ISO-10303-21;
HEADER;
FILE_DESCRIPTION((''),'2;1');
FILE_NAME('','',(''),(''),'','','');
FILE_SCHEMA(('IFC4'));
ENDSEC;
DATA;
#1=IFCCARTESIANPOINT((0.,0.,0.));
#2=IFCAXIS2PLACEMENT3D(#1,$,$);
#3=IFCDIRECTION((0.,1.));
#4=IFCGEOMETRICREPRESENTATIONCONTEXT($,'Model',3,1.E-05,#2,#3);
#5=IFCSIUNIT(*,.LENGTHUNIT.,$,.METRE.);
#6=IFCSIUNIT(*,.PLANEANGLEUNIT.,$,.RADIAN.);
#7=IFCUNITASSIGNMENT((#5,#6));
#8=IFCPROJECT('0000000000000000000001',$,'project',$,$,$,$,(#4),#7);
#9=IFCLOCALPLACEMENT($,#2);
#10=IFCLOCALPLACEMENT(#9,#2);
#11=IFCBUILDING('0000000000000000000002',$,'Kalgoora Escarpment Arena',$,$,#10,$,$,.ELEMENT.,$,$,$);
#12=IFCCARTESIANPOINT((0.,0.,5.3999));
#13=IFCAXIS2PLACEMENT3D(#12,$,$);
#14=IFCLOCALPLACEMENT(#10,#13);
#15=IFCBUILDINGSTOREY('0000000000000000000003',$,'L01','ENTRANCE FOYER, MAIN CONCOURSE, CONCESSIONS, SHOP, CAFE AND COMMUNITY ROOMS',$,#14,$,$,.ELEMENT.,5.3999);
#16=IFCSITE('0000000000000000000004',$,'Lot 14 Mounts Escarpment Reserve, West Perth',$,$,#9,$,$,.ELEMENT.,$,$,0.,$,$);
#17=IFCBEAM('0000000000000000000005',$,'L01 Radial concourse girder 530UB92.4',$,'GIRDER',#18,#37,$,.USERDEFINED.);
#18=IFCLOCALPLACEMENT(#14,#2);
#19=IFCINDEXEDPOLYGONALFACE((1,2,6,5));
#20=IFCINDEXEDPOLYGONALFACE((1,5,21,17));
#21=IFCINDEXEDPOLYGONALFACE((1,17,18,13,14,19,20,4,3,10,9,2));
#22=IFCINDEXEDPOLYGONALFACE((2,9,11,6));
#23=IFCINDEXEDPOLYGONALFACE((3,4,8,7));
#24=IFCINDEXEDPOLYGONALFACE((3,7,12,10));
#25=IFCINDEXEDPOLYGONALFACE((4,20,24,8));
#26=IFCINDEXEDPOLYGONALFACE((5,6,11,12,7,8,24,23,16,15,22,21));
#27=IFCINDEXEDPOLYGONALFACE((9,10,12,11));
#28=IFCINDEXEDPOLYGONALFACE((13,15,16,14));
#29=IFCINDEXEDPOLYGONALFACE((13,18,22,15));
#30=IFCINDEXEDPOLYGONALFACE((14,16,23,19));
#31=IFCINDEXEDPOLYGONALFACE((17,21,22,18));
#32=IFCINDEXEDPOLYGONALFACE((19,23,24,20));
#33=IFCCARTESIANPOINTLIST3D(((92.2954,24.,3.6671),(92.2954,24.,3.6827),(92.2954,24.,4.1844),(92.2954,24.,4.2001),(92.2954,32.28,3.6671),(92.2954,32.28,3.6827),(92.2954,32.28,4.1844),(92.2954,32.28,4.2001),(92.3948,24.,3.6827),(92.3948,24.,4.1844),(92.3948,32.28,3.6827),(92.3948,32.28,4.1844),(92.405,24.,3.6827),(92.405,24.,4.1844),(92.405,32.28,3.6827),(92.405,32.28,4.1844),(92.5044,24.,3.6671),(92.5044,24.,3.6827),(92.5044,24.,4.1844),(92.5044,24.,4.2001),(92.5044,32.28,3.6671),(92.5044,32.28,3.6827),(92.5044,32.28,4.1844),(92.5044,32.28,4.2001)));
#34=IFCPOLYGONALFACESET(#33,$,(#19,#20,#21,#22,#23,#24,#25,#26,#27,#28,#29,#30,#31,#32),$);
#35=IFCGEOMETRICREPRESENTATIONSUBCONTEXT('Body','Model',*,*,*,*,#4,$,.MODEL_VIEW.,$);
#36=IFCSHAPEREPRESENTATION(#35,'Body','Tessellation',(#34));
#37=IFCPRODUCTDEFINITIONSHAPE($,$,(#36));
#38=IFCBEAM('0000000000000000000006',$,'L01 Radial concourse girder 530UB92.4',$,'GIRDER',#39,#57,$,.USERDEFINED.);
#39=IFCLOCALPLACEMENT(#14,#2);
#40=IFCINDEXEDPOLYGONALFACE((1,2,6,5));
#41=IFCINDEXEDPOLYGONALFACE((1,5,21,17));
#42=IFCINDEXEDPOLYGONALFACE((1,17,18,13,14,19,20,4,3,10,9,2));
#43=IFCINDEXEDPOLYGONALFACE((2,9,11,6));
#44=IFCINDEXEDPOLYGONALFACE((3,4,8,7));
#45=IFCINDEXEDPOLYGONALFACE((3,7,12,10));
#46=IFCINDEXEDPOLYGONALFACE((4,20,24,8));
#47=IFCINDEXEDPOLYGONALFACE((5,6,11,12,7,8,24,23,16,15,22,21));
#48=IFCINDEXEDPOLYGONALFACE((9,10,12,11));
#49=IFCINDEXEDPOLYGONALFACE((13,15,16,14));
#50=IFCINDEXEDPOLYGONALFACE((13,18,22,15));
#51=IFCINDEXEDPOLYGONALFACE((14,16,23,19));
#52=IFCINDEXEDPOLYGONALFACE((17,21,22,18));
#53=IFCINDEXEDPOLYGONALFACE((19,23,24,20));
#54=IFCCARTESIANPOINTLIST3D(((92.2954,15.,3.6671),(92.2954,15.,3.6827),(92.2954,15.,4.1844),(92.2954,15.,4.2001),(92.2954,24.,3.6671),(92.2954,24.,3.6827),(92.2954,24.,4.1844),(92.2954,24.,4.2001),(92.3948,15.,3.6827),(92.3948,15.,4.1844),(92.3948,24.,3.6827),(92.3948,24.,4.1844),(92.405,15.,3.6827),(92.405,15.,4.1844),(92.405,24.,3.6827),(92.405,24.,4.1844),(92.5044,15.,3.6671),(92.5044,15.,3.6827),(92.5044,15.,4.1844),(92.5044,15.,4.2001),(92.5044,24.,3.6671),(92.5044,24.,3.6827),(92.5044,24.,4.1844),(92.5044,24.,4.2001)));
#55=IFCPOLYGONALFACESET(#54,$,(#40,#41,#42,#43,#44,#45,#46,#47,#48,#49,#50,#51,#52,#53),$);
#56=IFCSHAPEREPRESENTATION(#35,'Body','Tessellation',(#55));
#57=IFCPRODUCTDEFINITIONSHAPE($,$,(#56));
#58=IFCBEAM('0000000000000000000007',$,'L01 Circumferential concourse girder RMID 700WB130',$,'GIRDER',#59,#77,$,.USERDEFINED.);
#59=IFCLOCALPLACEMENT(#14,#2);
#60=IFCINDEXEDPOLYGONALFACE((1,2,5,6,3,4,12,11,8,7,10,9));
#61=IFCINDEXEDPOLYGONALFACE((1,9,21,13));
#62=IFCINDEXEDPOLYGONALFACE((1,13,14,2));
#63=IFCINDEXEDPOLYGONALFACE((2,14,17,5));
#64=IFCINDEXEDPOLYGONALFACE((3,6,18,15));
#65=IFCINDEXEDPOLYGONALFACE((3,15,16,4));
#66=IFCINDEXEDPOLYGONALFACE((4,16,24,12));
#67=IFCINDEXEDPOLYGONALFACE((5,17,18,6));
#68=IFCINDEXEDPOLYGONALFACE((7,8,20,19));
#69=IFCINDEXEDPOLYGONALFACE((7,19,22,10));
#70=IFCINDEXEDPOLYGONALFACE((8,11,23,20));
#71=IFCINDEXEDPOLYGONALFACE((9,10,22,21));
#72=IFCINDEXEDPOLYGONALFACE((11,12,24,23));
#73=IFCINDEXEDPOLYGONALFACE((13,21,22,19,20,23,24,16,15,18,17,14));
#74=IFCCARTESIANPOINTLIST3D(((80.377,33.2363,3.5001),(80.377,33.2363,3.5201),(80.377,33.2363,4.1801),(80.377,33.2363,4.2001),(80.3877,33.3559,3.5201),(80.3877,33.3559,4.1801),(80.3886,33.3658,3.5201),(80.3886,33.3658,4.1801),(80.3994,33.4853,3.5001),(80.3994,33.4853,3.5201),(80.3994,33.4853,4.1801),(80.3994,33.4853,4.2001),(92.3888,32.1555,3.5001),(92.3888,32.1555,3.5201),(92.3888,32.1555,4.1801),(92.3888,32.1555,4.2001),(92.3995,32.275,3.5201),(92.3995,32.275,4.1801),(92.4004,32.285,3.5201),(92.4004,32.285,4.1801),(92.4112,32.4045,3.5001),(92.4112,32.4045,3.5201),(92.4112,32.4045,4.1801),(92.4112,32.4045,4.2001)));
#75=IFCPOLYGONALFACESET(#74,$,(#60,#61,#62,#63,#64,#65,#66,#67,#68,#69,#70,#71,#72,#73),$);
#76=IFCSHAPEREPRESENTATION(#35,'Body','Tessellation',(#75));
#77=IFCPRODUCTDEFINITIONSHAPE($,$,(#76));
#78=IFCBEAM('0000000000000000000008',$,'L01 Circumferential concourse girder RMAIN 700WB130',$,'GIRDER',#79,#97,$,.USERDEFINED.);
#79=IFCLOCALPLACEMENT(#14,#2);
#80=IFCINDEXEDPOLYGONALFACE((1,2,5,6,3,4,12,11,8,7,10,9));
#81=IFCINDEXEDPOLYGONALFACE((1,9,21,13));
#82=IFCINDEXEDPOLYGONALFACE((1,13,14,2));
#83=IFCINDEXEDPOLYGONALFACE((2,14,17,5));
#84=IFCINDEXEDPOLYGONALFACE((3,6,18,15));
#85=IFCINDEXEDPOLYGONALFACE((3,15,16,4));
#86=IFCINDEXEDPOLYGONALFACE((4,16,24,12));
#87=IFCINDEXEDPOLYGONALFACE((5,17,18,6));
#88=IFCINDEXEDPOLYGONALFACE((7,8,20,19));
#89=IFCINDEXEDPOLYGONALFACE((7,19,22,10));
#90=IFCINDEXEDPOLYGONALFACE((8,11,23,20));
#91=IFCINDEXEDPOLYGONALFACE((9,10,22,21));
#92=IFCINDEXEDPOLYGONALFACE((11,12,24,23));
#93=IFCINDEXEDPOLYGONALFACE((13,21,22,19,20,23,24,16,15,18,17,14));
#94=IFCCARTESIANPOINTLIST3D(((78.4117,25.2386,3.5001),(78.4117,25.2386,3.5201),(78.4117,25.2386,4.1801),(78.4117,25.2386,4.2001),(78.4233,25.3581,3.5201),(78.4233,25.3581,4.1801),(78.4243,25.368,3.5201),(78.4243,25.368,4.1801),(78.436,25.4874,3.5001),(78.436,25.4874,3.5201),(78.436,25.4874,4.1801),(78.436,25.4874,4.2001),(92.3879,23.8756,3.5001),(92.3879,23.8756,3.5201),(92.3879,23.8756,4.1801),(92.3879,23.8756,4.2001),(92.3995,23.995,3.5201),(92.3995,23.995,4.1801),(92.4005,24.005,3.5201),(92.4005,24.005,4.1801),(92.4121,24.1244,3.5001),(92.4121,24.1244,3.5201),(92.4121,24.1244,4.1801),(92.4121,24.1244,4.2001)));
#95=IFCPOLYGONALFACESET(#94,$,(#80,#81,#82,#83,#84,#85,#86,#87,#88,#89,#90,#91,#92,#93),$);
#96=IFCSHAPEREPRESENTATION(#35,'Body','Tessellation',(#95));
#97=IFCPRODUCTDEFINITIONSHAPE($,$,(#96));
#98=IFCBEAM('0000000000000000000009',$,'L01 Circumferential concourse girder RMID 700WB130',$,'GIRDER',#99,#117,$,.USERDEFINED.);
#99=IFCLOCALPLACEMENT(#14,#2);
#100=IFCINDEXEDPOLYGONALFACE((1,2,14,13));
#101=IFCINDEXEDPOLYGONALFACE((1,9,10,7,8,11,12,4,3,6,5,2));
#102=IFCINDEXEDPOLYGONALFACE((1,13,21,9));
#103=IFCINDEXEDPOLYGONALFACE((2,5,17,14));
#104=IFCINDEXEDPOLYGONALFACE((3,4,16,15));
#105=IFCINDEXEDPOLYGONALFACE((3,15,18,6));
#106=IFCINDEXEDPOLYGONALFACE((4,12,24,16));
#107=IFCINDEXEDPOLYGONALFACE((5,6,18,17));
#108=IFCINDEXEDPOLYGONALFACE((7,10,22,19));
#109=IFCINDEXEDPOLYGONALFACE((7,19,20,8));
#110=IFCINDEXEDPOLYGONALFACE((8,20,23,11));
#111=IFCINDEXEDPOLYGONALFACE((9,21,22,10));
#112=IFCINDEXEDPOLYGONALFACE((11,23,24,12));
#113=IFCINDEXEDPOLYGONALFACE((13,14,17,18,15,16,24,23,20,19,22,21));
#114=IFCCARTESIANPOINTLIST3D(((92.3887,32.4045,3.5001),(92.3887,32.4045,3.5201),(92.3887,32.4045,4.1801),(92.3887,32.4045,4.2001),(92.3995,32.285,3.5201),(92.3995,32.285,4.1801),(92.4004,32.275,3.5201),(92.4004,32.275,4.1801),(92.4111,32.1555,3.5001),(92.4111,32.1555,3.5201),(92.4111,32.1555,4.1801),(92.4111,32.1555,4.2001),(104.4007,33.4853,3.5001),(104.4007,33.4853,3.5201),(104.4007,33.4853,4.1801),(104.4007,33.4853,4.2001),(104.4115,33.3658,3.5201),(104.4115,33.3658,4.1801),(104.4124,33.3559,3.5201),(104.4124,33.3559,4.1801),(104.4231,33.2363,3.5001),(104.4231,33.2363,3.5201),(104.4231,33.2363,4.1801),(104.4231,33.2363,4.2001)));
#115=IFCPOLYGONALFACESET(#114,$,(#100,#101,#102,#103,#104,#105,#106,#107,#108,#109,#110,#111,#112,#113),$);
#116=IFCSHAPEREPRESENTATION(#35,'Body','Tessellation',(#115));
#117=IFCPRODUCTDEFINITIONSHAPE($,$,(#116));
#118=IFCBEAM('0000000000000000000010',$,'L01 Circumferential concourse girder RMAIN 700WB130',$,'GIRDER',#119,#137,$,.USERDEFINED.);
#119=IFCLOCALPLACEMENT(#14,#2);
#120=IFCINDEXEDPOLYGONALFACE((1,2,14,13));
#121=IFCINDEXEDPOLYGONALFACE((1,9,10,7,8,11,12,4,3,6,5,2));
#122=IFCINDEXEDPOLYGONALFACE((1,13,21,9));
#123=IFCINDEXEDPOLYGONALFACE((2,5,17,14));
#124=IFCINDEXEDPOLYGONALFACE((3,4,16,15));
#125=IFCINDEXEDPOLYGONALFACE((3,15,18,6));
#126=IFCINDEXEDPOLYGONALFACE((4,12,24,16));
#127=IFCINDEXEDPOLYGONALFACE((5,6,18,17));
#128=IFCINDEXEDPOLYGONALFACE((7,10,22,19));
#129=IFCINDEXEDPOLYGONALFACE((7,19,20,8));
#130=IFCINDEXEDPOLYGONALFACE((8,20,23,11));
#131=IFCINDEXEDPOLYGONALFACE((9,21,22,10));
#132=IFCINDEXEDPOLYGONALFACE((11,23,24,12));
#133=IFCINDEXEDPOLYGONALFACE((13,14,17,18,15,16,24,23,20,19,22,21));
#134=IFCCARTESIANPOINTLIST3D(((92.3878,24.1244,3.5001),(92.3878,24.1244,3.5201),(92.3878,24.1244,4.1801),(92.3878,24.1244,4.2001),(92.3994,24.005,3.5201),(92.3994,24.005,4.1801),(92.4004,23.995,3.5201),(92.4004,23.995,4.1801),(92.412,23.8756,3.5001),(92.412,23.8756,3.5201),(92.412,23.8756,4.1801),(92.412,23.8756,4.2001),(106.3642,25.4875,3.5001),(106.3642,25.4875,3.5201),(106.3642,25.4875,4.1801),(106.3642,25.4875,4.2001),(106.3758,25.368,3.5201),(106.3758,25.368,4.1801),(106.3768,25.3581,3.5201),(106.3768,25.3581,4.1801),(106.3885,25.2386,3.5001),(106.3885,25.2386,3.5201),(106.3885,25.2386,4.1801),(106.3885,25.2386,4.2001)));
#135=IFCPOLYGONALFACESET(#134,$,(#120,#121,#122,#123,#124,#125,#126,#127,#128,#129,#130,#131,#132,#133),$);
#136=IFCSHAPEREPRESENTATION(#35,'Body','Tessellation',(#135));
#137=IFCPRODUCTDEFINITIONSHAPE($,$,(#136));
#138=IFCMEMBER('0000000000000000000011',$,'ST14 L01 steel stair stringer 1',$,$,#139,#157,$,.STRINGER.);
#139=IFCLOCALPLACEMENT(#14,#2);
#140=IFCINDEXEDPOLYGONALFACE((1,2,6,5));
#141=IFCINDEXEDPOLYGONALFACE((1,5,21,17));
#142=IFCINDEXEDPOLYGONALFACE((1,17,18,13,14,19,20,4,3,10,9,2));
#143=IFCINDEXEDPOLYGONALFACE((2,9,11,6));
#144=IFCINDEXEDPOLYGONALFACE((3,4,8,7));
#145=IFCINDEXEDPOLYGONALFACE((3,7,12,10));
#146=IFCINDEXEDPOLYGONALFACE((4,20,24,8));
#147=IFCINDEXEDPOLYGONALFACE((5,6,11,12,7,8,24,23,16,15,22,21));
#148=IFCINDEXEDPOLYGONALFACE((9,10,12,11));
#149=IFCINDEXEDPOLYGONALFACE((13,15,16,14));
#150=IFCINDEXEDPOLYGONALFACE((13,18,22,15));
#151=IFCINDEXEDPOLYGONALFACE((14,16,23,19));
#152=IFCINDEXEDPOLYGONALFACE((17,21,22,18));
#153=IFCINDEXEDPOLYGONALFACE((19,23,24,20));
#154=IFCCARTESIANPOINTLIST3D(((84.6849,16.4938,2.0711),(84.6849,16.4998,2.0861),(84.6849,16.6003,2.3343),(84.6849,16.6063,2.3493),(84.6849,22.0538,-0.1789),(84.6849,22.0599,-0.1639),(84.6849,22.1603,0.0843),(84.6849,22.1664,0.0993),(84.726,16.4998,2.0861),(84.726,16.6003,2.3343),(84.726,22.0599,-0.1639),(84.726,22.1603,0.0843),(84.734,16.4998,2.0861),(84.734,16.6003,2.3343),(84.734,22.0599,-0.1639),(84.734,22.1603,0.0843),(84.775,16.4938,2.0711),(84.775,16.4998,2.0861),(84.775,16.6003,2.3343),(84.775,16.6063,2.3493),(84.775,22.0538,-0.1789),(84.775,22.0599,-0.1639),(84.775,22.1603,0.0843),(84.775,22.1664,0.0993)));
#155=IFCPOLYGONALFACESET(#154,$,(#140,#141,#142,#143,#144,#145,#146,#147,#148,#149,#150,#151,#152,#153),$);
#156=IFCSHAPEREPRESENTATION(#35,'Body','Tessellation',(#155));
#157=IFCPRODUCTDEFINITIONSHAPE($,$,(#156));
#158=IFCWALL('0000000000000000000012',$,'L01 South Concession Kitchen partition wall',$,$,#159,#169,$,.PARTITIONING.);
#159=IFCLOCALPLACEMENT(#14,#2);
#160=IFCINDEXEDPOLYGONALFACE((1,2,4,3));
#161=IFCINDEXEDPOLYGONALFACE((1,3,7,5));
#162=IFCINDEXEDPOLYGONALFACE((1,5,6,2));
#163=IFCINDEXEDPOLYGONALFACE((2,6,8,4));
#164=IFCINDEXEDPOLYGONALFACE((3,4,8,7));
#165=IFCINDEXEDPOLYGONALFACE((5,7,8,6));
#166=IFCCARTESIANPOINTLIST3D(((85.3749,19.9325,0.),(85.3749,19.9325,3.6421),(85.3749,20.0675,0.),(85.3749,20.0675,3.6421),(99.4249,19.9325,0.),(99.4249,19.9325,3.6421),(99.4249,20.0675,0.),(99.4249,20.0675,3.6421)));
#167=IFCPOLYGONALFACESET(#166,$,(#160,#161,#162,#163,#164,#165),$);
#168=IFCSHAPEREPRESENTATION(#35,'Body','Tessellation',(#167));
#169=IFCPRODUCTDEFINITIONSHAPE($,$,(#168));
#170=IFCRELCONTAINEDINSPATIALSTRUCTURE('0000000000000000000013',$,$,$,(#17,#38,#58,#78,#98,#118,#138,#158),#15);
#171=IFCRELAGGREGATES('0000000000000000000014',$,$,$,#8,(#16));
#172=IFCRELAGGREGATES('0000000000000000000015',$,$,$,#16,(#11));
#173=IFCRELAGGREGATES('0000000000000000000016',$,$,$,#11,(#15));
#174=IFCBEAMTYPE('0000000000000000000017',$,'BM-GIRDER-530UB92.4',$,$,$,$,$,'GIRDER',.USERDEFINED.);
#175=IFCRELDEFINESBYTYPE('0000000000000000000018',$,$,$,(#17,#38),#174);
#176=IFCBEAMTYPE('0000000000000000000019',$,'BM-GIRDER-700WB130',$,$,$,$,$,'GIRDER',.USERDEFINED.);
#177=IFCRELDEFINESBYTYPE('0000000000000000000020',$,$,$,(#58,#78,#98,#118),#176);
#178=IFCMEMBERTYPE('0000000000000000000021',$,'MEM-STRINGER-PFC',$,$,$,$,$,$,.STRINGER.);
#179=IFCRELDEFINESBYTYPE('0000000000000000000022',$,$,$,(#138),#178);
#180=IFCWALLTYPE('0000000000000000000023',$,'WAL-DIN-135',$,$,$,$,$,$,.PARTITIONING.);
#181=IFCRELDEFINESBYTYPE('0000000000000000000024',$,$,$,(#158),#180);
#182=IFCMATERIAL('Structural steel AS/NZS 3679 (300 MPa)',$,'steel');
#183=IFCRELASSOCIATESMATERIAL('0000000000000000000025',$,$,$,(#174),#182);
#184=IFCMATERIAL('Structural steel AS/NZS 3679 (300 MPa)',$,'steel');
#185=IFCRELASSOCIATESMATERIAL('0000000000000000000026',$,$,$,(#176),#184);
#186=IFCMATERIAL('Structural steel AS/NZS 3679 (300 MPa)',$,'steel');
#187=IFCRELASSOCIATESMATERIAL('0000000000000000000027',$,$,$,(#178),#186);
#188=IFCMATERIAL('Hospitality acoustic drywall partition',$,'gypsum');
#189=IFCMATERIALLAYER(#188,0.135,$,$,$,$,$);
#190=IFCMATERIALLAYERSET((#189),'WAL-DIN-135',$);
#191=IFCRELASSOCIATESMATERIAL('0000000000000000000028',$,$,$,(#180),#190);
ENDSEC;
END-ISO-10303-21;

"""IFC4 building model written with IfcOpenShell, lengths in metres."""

from ifc_helpers import new_model, si_unit, direction, frame, frame_2d, origin, origin_2d, place, context, subcontext, project, spatial, rectangle, i_section, extrude, material, layer, layer_set, material_profile, profile_set, type_object, element, save


model = new_model("IFC4")

# Units and contexts
model_context = context("Model", 3, precision=1e-05, world=origin(), true_north=direction((0.0, 1.0)))
body_context = subcontext(model_context, "Body", "Model", "MODEL_VIEW")
ifc_project = project(units=[si_unit("LENGTHUNIT", "METRE"), si_unit("PLANEANGLEUNIT", "RADIAN")], contexts=[model_context])

# Site, building, storey
site_placement = place(None, origin())
site = spatial("IfcSite", under=ifc_project, at=site_placement, Name="Lot 14 Mounts Escarpment Reserve, West Perth", CompositionType="ELEMENT", RefElevation=0.0)
building_placement = place(site_placement, origin())
building = spatial("IfcBuilding", under=site, at=building_placement, Name="Kalgoora Escarpment Arena", CompositionType="ELEMENT")
storey_placement = place(building_placement, frame((0.0, 0.0, 5.3999)))
storey = spatial("IfcBuildingStorey", under=building, at=storey_placement, Name="L01", Description="ENTRANCE FOYER, MAIN CONCOURSE, CONCESSIONS, SHOP, CAFE AND COMMUNITY ROOMS", CompositionType="ELEMENT", Elevation=5.3999)

# Beams
ifc_material_1 = material(Name="Structural steel AS/NZS 3679 (300 MPa)", Category="steel")
ifc_material_profile_1 = material_profile(ifc_material_1, i_section(OverallWidth=0.209, OverallDepth=0.533, WebThickness=0.0103, FlangeThickness=0.0156, at=origin_2d()))
ifc_profile_set_1 = profile_set([ifc_material_profile_1], Name="Structural steel AS/NZS 3679 (300 MPa)")
beam_type_1 = type_object("IfcBeamType", Name="BM-GIRDER-530UB92.4", ElementType="GIRDER", PredefinedType="USERDEFINED", material=ifc_profile_set_1)
beam_1_placement = place(storey_placement, frame((92.3999, 32.28, 3.9336), z_axis=(0.0, -1.0, 0.0), x_axis=(1.0, 0.0, 0.0)))
element("IfcBeam", 1, at=beam_1_placement, inside=storey, type_object=beam_type_1, Name="L01 Radial concourse girder 530UB92.4", ObjectType="GIRDER", PredefinedType="USERDEFINED", context=body_context, shape_type="SweptSolid", body=[
    extrude(i_section(OverallWidth=0.209, OverallDepth=0.533, WebThickness=0.0103, FlangeThickness=0.0156, at=origin_2d()), origin(), (0.0, 0.0, 1.0), 8.28),
])
beam_2_placement = place(storey_placement, frame((92.3999, 24.0, 3.9336), z_axis=(0.0, -1.0, 0.0), x_axis=(1.0, 0.0, 0.0)))
element("IfcBeam", 2, at=beam_2_placement, inside=storey, type_object=beam_type_1, Name="L01 Radial concourse girder 530UB92.4", ObjectType="GIRDER", PredefinedType="USERDEFINED", context=body_context, shape_type="SweptSolid", body=[
    extrude(i_section(OverallWidth=0.209, OverallDepth=0.533, WebThickness=0.0103, FlangeThickness=0.0156, at=origin_2d()), origin(), (0.0, 0.0, 1.0), 9.0),
])
ifc_material_2 = material(Name="Structural steel AS/NZS 3679 (300 MPa)", Category="steel")
ifc_material_profile_2 = material_profile(ifc_material_2, i_section(OverallWidth=0.25, OverallDepth=0.7, WebThickness=0.01, FlangeThickness=0.02, at=origin_2d()))
ifc_profile_set_2 = profile_set([ifc_material_profile_2], Name="Structural steel AS/NZS 3679 (300 MPa)")
beam_type_2 = type_object("IfcBeamType", Name="BM-GIRDER-700WB130", ElementType="GIRDER", PredefinedType="USERDEFINED", material=ifc_profile_set_2)
beam_3_placement = place(storey_placement, frame((80.3882, 33.3608, 3.8501), z_axis=(0.995976, -0.089618, 0.0), x_axis=(0.089618, 0.995976, 0.0)))
element("IfcBeam", 3, at=beam_3_placement, inside=storey, type_object=beam_type_2, Name="L01 Circumferential concourse girder RMID 700WB130", ObjectType="GIRDER", PredefinedType="USERDEFINED", context=body_context, shape_type="SweptSolid", body=[
    extrude(i_section(OverallWidth=0.25, OverallDepth=0.7, WebThickness=0.01, FlangeThickness=0.02, at=origin_2d()), origin(), (0.0, 0.0, 1.0), 12.0603),
])
beam_4_placement = place(storey_placement, frame((78.4238, 25.363, 3.8501), z_axis=(0.995278, -0.097066, 0.0), x_axis=(0.097066, 0.995278, 0.0)))
element("IfcBeam", 4, at=beam_4_placement, inside=storey, type_object=beam_type_2, Name="L01 Circumferential concourse girder RMAIN 700WB130", ObjectType="GIRDER", PredefinedType="USERDEFINED", context=body_context, shape_type="SweptSolid", body=[
    extrude(i_section(OverallWidth=0.25, OverallDepth=0.7, WebThickness=0.01, FlangeThickness=0.02, at=origin_2d()), origin(), (0.0, 0.0, 1.0), 14.0425),
])
beam_5_placement = place(storey_placement, frame((92.3999, 32.28, 3.8501), z_axis=(0.995976, 0.089616, 0.0), x_axis=(-0.089616, 0.995976, 0.0)))
element("IfcBeam", 5, at=beam_5_placement, inside=storey, type_object=beam_type_2, Name="L01 Circumferential concourse girder RMID 700WB130", ObjectType="GIRDER", PredefinedType="USERDEFINED", context=body_context, shape_type="SweptSolid", body=[
    extrude(i_section(OverallWidth=0.25, OverallDepth=0.7, WebThickness=0.01, FlangeThickness=0.02, at=origin_2d()), origin(), (0.0, 0.0, 1.0), 12.0605),
])
beam_6_placement = place(storey_placement, frame((92.3999, 24.0, 3.8501), z_axis=(0.995278, 0.097064, 0.0), x_axis=(-0.097064, 0.995278, 0.0)))
element("IfcBeam", 6, at=beam_6_placement, inside=storey, type_object=beam_type_2, Name="L01 Circumferential concourse girder RMAIN 700WB130", ObjectType="GIRDER", PredefinedType="USERDEFINED", context=body_context, shape_type="SweptSolid", body=[
    extrude(i_section(OverallWidth=0.25, OverallDepth=0.7, WebThickness=0.01, FlangeThickness=0.02, at=origin_2d()), origin(), (0.0, 0.0, 1.0), 14.0427),
])

# Member
ifc_material_3 = material(Name="Structural steel AS/NZS 3679 (300 MPa)", Category="steel")
ifc_material_profile_3 = material_profile(ifc_material_3, i_section(OverallWidth=0.0901, OverallDepth=0.3, WebThickness=0.0081, FlangeThickness=0.0161, at=origin_2d()))
ifc_profile_set_3 = profile_set([ifc_material_profile_3], Name="Structural steel AS/NZS 3679 (300 MPa)")
member_type = type_object("IfcMemberType", Name="MEM-STRINGER-PFC", PredefinedType="STRINGER", material=ifc_profile_set_3)
member_placement = place(storey_placement, frame((84.73, 22.1101, -0.0398), z_axis=(0.0, -0.926976, 0.375121), x_axis=(1.0, 0.0, 0.0)))
element("IfcMember", 7, at=member_placement, inside=storey, type_object=member_type, Name="ST14 L01 steel stair stringer 1", PredefinedType="STRINGER", context=body_context, shape_type="SweptSolid", body=[
    extrude(i_section(OverallWidth=0.0901, OverallDepth=0.3, WebThickness=0.0081, FlangeThickness=0.0161, at=origin_2d()), origin(), (0.0, 0.0, 1.0), 5.998),
])

# Wall
ifc_material_4 = material(Name="Hospitality acoustic drywall partition", Category="gypsum")
ifc_layer_1 = layer(ifc_material_4, 0.135)
ifc_layer_set_1 = layer_set([ifc_layer_1], Name="WAL-DIN-135")
wall_type_1 = type_object("IfcWallType", Name="WAL-DIN-135", PredefinedType="PARTITIONING", material=ifc_layer_set_1)
wall_1_placement = place(storey_placement, frame((85.375, 20.0, 0.0), z_axis=(0.0, 0.0, 1.0), x_axis=(1.0, 0.0, 0.0)))
element("IfcWall", 8, at=wall_1_placement, inside=storey, type_object=wall_type_1, Name="L01 South Concession Kitchen partition wall", PredefinedType="PARTITIONING", context=body_context, shape_type="SweptSolid", body=[
    extrude(rectangle(XDim=14.05, YDim=0.135, at=frame_2d((7.0249, 0.0))), origin(), (0.0, 0.0, 1.0), 3.6421),
])

save(model, "model.ifc")
